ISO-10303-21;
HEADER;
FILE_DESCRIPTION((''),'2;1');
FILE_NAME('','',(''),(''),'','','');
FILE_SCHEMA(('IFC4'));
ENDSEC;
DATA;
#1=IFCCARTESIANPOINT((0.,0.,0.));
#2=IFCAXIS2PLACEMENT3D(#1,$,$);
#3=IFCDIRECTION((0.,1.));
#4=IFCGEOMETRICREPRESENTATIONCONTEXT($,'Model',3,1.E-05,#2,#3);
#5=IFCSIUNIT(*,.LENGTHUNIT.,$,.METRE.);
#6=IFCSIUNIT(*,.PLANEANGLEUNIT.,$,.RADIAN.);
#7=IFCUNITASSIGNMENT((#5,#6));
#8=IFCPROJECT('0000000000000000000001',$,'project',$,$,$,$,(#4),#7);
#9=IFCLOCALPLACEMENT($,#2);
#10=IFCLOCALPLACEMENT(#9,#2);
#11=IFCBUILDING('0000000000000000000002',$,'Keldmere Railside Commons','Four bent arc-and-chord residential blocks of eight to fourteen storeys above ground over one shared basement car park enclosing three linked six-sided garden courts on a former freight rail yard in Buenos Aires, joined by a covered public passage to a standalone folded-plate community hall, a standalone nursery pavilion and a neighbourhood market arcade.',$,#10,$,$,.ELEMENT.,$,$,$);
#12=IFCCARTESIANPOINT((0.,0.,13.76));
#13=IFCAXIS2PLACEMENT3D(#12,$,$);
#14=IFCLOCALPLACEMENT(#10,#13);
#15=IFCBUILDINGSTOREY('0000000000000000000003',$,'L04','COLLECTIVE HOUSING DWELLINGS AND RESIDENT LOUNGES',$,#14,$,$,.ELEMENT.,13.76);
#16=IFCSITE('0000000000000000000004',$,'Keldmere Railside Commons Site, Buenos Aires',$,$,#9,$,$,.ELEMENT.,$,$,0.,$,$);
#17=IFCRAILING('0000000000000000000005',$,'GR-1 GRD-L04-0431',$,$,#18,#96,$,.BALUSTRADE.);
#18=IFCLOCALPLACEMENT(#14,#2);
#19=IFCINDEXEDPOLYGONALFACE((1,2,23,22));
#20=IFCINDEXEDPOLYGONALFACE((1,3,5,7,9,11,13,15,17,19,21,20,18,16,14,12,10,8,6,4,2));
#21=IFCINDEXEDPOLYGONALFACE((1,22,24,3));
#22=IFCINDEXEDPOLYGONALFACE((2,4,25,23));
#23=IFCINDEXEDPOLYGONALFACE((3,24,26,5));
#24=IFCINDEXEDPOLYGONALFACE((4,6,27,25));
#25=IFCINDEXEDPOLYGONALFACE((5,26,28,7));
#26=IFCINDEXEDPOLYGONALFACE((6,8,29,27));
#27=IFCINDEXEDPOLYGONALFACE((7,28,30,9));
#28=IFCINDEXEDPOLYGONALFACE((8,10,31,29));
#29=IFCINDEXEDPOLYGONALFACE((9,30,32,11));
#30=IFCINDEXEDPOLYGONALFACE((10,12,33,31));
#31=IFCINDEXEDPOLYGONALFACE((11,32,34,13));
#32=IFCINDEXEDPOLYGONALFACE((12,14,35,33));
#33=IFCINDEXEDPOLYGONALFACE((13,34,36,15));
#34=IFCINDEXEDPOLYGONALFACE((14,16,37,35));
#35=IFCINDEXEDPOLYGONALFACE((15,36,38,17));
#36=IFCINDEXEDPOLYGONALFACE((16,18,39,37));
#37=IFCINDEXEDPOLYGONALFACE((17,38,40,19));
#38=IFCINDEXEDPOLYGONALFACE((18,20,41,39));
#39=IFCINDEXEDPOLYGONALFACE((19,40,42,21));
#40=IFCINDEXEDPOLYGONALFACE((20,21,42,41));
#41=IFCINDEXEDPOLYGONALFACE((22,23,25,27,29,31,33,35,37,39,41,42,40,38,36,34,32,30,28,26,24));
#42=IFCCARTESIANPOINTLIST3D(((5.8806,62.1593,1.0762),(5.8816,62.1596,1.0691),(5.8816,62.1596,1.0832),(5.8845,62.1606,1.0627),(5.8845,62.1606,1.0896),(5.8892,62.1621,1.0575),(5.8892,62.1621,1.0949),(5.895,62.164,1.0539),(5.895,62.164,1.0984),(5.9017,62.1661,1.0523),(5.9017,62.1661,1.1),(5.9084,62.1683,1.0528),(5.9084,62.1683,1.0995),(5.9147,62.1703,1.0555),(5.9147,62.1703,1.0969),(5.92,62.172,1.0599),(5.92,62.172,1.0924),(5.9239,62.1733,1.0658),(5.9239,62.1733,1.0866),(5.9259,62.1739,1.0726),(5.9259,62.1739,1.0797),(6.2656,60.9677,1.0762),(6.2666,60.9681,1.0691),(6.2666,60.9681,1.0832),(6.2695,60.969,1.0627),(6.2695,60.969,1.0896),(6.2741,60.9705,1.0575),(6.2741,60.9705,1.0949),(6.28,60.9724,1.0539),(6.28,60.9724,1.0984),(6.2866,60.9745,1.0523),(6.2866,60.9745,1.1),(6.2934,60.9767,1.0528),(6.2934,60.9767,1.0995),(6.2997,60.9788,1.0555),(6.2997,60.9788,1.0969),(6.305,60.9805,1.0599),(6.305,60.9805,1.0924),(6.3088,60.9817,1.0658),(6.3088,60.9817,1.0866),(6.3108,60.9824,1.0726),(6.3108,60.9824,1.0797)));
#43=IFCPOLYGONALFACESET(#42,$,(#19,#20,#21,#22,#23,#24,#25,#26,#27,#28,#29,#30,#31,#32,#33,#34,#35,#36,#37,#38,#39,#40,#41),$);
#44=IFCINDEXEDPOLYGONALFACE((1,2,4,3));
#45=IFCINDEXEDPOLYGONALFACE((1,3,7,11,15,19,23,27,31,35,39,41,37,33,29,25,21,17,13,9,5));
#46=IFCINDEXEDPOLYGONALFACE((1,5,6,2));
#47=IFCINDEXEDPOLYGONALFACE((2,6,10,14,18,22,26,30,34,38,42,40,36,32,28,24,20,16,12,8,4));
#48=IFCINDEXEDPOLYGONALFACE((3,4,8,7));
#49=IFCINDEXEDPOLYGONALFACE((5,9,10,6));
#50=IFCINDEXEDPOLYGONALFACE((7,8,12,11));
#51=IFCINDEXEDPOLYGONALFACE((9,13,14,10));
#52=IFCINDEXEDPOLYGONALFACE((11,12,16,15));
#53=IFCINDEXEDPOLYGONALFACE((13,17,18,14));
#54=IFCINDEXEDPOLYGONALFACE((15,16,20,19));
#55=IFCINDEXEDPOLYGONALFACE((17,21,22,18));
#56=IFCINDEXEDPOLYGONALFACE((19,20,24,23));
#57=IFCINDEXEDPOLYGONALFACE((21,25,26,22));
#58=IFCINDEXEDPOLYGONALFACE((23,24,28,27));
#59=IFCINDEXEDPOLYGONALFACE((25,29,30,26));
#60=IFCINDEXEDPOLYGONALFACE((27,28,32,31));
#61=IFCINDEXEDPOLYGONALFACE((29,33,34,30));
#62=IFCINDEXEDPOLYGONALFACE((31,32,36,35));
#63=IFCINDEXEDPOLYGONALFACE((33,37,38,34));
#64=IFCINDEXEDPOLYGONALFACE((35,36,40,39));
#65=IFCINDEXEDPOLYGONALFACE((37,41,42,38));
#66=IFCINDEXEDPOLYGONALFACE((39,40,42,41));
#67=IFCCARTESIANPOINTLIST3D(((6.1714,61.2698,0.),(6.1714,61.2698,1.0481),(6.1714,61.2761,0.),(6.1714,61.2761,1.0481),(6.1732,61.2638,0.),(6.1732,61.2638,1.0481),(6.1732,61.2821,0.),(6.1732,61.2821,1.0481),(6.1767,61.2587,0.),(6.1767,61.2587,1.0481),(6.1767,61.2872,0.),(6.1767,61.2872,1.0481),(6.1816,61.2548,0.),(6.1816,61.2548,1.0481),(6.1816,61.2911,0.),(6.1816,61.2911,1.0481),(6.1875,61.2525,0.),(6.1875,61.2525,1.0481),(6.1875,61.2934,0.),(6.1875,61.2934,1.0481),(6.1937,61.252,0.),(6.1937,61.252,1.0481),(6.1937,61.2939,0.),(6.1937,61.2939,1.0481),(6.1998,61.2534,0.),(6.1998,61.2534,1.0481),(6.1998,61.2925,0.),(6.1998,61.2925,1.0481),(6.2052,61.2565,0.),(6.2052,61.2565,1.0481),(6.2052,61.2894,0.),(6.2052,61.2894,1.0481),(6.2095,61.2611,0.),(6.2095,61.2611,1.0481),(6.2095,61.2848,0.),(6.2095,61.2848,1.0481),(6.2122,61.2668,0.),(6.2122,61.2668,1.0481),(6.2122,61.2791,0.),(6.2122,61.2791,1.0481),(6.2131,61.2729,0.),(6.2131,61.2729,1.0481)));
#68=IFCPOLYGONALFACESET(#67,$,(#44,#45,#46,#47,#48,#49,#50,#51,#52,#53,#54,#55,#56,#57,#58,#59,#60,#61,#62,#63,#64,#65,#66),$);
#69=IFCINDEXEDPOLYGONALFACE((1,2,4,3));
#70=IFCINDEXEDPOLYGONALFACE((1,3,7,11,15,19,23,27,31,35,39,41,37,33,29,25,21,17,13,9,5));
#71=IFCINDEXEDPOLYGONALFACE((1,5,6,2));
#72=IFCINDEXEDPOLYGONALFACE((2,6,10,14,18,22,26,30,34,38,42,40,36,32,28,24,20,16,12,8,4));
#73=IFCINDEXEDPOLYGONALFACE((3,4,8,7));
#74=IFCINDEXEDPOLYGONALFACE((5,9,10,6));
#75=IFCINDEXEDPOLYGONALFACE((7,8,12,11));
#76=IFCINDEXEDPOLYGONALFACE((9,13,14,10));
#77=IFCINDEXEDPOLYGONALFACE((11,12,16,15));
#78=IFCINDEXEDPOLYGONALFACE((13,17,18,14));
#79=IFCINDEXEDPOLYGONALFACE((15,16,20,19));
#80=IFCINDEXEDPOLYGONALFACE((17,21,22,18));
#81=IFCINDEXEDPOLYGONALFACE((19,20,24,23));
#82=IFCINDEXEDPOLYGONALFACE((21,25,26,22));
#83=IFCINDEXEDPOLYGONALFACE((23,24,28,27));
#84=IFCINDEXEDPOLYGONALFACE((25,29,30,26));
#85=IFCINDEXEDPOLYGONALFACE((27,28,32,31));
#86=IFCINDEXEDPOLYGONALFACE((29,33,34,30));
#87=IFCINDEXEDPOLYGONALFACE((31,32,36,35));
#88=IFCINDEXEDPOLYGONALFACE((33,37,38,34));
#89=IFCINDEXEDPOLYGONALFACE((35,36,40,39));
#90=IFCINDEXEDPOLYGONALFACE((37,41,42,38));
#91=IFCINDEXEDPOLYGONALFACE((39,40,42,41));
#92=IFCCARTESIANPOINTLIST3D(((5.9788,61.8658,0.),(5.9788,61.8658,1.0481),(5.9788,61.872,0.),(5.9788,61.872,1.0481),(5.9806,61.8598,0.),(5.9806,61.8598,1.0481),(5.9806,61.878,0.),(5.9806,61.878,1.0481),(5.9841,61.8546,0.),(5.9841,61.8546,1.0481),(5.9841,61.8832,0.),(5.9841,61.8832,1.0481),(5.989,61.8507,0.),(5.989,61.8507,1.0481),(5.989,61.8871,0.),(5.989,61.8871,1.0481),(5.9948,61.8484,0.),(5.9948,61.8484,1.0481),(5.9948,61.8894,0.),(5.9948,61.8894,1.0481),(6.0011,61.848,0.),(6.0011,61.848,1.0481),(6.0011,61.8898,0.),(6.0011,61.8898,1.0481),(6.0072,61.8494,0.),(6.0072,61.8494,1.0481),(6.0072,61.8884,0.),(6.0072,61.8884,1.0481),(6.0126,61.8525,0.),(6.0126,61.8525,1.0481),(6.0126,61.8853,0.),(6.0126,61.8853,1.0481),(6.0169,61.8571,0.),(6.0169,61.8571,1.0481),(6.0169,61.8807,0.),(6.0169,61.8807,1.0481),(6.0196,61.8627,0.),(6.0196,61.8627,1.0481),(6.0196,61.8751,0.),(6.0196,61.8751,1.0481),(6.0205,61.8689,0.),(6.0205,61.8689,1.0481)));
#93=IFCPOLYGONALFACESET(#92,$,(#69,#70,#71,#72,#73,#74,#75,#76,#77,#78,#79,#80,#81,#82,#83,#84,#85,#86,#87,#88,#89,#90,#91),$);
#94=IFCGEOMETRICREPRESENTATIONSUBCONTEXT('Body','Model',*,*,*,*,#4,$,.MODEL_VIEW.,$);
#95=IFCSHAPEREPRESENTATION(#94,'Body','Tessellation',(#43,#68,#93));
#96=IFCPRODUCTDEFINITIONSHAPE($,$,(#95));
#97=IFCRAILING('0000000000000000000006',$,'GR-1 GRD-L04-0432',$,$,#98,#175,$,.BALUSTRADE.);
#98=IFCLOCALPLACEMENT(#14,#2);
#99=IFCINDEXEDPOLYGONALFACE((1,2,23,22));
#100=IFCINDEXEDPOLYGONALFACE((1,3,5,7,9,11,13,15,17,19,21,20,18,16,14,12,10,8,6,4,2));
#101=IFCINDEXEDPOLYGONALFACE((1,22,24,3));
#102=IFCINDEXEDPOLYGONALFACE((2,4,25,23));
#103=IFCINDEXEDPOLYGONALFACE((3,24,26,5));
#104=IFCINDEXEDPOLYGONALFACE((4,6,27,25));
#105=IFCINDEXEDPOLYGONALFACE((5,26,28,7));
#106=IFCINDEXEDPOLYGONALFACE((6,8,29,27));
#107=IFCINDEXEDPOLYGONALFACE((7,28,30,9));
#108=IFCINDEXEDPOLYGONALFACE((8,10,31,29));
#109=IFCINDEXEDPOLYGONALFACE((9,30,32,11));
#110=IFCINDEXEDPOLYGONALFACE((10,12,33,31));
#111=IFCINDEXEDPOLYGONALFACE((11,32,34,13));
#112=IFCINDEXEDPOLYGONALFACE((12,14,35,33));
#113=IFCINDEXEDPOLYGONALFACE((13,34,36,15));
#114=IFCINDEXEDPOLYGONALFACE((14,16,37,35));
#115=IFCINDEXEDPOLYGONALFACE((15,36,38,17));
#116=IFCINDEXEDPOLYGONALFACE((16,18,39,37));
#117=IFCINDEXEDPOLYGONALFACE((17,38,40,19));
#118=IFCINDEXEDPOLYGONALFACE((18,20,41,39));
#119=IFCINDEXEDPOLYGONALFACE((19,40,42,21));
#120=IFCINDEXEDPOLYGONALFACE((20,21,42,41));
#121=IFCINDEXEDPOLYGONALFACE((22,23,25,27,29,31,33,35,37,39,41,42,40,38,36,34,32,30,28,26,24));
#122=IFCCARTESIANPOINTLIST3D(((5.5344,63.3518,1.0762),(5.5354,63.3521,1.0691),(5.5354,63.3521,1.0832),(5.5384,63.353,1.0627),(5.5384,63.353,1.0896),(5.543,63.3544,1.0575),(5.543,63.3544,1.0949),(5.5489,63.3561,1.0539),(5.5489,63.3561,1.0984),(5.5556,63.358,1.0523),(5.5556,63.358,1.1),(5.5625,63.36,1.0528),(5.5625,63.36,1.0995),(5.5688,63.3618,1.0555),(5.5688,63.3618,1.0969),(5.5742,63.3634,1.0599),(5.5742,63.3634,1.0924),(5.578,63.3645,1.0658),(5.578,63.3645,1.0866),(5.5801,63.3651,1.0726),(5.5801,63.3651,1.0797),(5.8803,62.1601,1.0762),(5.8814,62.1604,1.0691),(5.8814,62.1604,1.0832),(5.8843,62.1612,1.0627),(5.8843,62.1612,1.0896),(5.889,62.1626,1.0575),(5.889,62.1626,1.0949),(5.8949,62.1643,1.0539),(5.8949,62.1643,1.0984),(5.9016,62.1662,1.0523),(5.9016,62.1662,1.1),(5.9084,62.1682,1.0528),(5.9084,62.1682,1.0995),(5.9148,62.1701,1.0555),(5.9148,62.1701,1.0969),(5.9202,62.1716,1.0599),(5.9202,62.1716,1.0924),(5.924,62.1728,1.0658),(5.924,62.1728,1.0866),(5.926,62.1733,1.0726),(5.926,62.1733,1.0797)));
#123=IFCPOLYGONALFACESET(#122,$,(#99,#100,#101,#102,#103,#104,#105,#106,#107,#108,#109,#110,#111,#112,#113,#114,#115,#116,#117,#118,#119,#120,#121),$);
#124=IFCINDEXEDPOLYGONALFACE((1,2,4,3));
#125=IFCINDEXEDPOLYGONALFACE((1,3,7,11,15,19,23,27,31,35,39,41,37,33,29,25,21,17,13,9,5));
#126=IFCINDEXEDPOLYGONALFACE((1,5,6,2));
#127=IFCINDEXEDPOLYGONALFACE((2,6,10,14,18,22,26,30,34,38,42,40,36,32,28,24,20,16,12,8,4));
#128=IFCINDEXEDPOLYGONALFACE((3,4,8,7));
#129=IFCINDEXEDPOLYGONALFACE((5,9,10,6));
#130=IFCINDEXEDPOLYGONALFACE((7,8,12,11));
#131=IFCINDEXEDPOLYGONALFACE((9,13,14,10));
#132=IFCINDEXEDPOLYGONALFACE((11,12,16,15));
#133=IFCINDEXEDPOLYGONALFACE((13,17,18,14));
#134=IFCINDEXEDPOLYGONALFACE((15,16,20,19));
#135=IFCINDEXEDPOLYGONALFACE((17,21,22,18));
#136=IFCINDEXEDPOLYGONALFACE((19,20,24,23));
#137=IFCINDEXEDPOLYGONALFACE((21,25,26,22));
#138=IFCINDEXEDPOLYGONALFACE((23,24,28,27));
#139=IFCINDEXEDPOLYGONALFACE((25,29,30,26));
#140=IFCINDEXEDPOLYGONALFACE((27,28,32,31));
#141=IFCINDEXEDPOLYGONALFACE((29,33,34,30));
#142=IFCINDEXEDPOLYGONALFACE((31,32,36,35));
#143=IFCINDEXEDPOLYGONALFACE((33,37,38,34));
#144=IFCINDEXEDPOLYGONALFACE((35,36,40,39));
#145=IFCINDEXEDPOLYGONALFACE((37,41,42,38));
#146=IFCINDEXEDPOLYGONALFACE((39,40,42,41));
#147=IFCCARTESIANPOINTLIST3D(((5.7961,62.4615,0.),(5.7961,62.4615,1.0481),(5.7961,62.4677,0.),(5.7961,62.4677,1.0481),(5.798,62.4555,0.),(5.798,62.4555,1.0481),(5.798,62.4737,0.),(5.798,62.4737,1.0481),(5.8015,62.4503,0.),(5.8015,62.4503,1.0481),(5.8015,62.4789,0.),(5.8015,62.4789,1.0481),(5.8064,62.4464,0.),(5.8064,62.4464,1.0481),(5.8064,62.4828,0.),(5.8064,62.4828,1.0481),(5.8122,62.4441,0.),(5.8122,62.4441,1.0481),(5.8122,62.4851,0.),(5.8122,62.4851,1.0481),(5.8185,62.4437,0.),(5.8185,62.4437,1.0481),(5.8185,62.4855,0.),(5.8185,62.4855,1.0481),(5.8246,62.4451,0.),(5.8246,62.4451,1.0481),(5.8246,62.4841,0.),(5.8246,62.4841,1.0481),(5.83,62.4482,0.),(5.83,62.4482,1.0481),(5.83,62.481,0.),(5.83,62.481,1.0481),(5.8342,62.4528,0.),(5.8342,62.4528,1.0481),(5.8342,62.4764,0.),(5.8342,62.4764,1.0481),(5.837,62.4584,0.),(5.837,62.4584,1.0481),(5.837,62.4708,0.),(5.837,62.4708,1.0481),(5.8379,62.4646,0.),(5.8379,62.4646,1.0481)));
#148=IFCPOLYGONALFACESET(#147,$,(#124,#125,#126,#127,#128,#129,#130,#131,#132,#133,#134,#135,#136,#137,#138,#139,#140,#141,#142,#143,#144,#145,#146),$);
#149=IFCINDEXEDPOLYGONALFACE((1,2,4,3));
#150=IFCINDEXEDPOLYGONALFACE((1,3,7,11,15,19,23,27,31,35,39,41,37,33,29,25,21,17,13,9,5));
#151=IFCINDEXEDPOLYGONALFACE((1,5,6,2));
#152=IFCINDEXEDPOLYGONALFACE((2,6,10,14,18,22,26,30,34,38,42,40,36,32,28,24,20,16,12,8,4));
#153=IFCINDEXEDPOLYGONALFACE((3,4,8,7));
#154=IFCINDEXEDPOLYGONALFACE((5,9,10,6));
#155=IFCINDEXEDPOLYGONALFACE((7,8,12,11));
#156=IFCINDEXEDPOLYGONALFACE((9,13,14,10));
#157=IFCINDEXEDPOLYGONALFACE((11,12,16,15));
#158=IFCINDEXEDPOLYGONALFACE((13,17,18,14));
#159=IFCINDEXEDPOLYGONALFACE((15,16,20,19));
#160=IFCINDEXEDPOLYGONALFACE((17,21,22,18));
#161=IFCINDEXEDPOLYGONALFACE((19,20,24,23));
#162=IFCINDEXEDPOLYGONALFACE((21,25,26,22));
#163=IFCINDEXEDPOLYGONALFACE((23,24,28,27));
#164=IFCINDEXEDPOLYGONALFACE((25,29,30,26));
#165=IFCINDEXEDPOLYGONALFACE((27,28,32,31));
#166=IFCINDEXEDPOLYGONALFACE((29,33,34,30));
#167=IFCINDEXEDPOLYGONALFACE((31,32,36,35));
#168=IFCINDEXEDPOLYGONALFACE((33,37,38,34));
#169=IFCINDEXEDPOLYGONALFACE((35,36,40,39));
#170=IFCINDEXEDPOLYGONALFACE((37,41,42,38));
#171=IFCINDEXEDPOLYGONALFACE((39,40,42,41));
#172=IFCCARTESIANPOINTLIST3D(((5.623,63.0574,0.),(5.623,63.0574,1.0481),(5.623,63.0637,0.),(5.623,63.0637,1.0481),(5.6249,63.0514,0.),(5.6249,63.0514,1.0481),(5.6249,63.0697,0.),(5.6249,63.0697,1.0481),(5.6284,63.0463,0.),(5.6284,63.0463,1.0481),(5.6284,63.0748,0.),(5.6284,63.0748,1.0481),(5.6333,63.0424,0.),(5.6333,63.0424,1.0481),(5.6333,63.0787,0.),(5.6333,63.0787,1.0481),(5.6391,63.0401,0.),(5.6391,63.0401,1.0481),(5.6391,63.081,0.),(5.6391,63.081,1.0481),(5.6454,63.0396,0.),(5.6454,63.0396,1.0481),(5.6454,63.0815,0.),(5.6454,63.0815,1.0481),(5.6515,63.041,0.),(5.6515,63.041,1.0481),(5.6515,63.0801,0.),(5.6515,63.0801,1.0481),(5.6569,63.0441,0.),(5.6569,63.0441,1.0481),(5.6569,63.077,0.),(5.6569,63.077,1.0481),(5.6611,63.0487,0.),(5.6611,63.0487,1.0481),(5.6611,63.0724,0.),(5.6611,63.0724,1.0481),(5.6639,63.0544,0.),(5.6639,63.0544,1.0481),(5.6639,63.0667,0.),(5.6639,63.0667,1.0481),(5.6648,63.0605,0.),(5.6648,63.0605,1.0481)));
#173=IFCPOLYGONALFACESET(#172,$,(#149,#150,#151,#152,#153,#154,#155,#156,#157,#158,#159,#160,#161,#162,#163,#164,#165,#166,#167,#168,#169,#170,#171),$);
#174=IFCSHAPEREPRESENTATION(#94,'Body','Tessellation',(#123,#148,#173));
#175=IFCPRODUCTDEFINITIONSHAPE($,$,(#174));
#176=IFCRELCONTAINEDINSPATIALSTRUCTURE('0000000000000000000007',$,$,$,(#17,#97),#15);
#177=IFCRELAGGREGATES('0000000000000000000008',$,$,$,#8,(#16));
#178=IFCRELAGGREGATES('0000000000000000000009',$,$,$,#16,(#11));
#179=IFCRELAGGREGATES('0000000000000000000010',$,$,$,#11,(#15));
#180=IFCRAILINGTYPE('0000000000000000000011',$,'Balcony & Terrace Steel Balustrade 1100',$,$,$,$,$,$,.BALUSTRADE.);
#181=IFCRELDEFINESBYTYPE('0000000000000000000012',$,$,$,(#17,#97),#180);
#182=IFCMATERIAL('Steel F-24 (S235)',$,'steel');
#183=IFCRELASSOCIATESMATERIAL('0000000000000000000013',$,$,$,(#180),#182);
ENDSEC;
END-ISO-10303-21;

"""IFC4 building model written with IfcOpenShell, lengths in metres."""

from ifc_helpers import new_model, si_unit, direction, frame, origin, origin_2d, place, context, subcontext, project, spatial, circle, extrude, material, type_object, element, save


model = new_model("IFC4")

# Units and contexts
model_context = context("Model", 3, precision=1e-05, world=origin(), true_north=direction((0.0, 1.0)))
body_context = subcontext(model_context, "Body", "Model", "MODEL_VIEW")
ifc_project = project(units=[si_unit("LENGTHUNIT", "METRE"), si_unit("PLANEANGLEUNIT", "RADIAN")], contexts=[model_context])

# Site, building, storey
site_placement = place(None, origin())
site = spatial("IfcSite", under=ifc_project, at=site_placement, Name="Keldmere Railside Commons Site, Buenos Aires", CompositionType="ELEMENT", RefElevation=0.0)
building_placement = place(site_placement, origin())
building = spatial("IfcBuilding", under=site, at=building_placement, Name="Keldmere Railside Commons", Description="Four bent arc-and-chord residential blocks of eight to fourteen storeys above ground over one shared basement car park enclosing three linked six-sided garden courts on a former freight rail yard in Buenos Aires, joined by a covered public passage to a standalone folded-plate community hall, a standalone nursery pavilion and a neighbourhood market arcade.", CompositionType="ELEMENT")
storey_placement = place(building_placement, frame((0.0, 0.0, 13.76)))
storey = spatial("IfcBuildingStorey", under=building, at=storey_placement, Name="L04", Description="COLLECTIVE HOUSING DWELLINGS AND RESIDENT LOUNGES", CompositionType="ELEMENT", Elevation=13.76)

# Railings
ifc_material_1 = material(Name="Steel F-24 (S235)", Category="steel")
railing_type_1 = type_object("IfcRailingType", Name="Balcony & Terrace Steel Balustrade 1100", PredefinedType="BALUSTRADE", material=ifc_material_1)
railing_1_placement = place(storey_placement, frame((6.2883, 60.9751, 0.0)))
element("IfcRailing", 1, at=railing_1_placement, inside=storey, type_object=railing_type_1, Name="GR-1 GRD-L04-0431", PredefinedType="BALUSTRADE", context=body_context, shape_type="SweptSolid", body=[
    extrude(circle(Radius=0.0239, at=origin_2d()), frame((0.0, 0.0, 1.0762), z_axis=(-0.307441, 0.951567, 0.0), x_axis=(-0.951567, -0.307441, 0.0)), (0.0, 0.0, 1.0), 1.2522),
    extrude(circle(Radius=0.021, at=origin_2d()), frame((-0.0962, 0.2979, 0.0)), (0.0, 0.0, 1.0), 1.0481),
    extrude(circle(Radius=0.021, at=origin_2d()), frame((-0.2888, 0.8938, 0.0)), (0.0, 0.0, 1.0), 1.0481),
])
railing_2_placement = place(storey_placement, frame((5.9033, 62.1667, 0.0)))
element("IfcRailing", 2, at=railing_2_placement, inside=storey, type_object=railing_type_1, Name="GR-1 GRD-L04-0432", PredefinedType="BALUSTRADE", context=body_context, shape_type="SweptSolid", body=[
    extrude(circle(Radius=0.0239, at=origin_2d()), frame((0.0, 0.0, 1.0762), z_axis=(-0.278798, 0.96035, 0.0), x_axis=(-0.96035, -0.278798, 0.0)), (0.0, 0.0, 1.0), 1.241),
    extrude(circle(Radius=0.021, at=origin_2d()), frame((-0.0864, 0.2979, 0.0)), (0.0, 0.0, 1.0), 1.0481),
    extrude(circle(Radius=0.021, at=origin_2d()), frame((-0.2595, 0.8938, 0.0)), (0.0, 0.0, 1.0), 1.0481),
])

save(model, "model.ifc")
